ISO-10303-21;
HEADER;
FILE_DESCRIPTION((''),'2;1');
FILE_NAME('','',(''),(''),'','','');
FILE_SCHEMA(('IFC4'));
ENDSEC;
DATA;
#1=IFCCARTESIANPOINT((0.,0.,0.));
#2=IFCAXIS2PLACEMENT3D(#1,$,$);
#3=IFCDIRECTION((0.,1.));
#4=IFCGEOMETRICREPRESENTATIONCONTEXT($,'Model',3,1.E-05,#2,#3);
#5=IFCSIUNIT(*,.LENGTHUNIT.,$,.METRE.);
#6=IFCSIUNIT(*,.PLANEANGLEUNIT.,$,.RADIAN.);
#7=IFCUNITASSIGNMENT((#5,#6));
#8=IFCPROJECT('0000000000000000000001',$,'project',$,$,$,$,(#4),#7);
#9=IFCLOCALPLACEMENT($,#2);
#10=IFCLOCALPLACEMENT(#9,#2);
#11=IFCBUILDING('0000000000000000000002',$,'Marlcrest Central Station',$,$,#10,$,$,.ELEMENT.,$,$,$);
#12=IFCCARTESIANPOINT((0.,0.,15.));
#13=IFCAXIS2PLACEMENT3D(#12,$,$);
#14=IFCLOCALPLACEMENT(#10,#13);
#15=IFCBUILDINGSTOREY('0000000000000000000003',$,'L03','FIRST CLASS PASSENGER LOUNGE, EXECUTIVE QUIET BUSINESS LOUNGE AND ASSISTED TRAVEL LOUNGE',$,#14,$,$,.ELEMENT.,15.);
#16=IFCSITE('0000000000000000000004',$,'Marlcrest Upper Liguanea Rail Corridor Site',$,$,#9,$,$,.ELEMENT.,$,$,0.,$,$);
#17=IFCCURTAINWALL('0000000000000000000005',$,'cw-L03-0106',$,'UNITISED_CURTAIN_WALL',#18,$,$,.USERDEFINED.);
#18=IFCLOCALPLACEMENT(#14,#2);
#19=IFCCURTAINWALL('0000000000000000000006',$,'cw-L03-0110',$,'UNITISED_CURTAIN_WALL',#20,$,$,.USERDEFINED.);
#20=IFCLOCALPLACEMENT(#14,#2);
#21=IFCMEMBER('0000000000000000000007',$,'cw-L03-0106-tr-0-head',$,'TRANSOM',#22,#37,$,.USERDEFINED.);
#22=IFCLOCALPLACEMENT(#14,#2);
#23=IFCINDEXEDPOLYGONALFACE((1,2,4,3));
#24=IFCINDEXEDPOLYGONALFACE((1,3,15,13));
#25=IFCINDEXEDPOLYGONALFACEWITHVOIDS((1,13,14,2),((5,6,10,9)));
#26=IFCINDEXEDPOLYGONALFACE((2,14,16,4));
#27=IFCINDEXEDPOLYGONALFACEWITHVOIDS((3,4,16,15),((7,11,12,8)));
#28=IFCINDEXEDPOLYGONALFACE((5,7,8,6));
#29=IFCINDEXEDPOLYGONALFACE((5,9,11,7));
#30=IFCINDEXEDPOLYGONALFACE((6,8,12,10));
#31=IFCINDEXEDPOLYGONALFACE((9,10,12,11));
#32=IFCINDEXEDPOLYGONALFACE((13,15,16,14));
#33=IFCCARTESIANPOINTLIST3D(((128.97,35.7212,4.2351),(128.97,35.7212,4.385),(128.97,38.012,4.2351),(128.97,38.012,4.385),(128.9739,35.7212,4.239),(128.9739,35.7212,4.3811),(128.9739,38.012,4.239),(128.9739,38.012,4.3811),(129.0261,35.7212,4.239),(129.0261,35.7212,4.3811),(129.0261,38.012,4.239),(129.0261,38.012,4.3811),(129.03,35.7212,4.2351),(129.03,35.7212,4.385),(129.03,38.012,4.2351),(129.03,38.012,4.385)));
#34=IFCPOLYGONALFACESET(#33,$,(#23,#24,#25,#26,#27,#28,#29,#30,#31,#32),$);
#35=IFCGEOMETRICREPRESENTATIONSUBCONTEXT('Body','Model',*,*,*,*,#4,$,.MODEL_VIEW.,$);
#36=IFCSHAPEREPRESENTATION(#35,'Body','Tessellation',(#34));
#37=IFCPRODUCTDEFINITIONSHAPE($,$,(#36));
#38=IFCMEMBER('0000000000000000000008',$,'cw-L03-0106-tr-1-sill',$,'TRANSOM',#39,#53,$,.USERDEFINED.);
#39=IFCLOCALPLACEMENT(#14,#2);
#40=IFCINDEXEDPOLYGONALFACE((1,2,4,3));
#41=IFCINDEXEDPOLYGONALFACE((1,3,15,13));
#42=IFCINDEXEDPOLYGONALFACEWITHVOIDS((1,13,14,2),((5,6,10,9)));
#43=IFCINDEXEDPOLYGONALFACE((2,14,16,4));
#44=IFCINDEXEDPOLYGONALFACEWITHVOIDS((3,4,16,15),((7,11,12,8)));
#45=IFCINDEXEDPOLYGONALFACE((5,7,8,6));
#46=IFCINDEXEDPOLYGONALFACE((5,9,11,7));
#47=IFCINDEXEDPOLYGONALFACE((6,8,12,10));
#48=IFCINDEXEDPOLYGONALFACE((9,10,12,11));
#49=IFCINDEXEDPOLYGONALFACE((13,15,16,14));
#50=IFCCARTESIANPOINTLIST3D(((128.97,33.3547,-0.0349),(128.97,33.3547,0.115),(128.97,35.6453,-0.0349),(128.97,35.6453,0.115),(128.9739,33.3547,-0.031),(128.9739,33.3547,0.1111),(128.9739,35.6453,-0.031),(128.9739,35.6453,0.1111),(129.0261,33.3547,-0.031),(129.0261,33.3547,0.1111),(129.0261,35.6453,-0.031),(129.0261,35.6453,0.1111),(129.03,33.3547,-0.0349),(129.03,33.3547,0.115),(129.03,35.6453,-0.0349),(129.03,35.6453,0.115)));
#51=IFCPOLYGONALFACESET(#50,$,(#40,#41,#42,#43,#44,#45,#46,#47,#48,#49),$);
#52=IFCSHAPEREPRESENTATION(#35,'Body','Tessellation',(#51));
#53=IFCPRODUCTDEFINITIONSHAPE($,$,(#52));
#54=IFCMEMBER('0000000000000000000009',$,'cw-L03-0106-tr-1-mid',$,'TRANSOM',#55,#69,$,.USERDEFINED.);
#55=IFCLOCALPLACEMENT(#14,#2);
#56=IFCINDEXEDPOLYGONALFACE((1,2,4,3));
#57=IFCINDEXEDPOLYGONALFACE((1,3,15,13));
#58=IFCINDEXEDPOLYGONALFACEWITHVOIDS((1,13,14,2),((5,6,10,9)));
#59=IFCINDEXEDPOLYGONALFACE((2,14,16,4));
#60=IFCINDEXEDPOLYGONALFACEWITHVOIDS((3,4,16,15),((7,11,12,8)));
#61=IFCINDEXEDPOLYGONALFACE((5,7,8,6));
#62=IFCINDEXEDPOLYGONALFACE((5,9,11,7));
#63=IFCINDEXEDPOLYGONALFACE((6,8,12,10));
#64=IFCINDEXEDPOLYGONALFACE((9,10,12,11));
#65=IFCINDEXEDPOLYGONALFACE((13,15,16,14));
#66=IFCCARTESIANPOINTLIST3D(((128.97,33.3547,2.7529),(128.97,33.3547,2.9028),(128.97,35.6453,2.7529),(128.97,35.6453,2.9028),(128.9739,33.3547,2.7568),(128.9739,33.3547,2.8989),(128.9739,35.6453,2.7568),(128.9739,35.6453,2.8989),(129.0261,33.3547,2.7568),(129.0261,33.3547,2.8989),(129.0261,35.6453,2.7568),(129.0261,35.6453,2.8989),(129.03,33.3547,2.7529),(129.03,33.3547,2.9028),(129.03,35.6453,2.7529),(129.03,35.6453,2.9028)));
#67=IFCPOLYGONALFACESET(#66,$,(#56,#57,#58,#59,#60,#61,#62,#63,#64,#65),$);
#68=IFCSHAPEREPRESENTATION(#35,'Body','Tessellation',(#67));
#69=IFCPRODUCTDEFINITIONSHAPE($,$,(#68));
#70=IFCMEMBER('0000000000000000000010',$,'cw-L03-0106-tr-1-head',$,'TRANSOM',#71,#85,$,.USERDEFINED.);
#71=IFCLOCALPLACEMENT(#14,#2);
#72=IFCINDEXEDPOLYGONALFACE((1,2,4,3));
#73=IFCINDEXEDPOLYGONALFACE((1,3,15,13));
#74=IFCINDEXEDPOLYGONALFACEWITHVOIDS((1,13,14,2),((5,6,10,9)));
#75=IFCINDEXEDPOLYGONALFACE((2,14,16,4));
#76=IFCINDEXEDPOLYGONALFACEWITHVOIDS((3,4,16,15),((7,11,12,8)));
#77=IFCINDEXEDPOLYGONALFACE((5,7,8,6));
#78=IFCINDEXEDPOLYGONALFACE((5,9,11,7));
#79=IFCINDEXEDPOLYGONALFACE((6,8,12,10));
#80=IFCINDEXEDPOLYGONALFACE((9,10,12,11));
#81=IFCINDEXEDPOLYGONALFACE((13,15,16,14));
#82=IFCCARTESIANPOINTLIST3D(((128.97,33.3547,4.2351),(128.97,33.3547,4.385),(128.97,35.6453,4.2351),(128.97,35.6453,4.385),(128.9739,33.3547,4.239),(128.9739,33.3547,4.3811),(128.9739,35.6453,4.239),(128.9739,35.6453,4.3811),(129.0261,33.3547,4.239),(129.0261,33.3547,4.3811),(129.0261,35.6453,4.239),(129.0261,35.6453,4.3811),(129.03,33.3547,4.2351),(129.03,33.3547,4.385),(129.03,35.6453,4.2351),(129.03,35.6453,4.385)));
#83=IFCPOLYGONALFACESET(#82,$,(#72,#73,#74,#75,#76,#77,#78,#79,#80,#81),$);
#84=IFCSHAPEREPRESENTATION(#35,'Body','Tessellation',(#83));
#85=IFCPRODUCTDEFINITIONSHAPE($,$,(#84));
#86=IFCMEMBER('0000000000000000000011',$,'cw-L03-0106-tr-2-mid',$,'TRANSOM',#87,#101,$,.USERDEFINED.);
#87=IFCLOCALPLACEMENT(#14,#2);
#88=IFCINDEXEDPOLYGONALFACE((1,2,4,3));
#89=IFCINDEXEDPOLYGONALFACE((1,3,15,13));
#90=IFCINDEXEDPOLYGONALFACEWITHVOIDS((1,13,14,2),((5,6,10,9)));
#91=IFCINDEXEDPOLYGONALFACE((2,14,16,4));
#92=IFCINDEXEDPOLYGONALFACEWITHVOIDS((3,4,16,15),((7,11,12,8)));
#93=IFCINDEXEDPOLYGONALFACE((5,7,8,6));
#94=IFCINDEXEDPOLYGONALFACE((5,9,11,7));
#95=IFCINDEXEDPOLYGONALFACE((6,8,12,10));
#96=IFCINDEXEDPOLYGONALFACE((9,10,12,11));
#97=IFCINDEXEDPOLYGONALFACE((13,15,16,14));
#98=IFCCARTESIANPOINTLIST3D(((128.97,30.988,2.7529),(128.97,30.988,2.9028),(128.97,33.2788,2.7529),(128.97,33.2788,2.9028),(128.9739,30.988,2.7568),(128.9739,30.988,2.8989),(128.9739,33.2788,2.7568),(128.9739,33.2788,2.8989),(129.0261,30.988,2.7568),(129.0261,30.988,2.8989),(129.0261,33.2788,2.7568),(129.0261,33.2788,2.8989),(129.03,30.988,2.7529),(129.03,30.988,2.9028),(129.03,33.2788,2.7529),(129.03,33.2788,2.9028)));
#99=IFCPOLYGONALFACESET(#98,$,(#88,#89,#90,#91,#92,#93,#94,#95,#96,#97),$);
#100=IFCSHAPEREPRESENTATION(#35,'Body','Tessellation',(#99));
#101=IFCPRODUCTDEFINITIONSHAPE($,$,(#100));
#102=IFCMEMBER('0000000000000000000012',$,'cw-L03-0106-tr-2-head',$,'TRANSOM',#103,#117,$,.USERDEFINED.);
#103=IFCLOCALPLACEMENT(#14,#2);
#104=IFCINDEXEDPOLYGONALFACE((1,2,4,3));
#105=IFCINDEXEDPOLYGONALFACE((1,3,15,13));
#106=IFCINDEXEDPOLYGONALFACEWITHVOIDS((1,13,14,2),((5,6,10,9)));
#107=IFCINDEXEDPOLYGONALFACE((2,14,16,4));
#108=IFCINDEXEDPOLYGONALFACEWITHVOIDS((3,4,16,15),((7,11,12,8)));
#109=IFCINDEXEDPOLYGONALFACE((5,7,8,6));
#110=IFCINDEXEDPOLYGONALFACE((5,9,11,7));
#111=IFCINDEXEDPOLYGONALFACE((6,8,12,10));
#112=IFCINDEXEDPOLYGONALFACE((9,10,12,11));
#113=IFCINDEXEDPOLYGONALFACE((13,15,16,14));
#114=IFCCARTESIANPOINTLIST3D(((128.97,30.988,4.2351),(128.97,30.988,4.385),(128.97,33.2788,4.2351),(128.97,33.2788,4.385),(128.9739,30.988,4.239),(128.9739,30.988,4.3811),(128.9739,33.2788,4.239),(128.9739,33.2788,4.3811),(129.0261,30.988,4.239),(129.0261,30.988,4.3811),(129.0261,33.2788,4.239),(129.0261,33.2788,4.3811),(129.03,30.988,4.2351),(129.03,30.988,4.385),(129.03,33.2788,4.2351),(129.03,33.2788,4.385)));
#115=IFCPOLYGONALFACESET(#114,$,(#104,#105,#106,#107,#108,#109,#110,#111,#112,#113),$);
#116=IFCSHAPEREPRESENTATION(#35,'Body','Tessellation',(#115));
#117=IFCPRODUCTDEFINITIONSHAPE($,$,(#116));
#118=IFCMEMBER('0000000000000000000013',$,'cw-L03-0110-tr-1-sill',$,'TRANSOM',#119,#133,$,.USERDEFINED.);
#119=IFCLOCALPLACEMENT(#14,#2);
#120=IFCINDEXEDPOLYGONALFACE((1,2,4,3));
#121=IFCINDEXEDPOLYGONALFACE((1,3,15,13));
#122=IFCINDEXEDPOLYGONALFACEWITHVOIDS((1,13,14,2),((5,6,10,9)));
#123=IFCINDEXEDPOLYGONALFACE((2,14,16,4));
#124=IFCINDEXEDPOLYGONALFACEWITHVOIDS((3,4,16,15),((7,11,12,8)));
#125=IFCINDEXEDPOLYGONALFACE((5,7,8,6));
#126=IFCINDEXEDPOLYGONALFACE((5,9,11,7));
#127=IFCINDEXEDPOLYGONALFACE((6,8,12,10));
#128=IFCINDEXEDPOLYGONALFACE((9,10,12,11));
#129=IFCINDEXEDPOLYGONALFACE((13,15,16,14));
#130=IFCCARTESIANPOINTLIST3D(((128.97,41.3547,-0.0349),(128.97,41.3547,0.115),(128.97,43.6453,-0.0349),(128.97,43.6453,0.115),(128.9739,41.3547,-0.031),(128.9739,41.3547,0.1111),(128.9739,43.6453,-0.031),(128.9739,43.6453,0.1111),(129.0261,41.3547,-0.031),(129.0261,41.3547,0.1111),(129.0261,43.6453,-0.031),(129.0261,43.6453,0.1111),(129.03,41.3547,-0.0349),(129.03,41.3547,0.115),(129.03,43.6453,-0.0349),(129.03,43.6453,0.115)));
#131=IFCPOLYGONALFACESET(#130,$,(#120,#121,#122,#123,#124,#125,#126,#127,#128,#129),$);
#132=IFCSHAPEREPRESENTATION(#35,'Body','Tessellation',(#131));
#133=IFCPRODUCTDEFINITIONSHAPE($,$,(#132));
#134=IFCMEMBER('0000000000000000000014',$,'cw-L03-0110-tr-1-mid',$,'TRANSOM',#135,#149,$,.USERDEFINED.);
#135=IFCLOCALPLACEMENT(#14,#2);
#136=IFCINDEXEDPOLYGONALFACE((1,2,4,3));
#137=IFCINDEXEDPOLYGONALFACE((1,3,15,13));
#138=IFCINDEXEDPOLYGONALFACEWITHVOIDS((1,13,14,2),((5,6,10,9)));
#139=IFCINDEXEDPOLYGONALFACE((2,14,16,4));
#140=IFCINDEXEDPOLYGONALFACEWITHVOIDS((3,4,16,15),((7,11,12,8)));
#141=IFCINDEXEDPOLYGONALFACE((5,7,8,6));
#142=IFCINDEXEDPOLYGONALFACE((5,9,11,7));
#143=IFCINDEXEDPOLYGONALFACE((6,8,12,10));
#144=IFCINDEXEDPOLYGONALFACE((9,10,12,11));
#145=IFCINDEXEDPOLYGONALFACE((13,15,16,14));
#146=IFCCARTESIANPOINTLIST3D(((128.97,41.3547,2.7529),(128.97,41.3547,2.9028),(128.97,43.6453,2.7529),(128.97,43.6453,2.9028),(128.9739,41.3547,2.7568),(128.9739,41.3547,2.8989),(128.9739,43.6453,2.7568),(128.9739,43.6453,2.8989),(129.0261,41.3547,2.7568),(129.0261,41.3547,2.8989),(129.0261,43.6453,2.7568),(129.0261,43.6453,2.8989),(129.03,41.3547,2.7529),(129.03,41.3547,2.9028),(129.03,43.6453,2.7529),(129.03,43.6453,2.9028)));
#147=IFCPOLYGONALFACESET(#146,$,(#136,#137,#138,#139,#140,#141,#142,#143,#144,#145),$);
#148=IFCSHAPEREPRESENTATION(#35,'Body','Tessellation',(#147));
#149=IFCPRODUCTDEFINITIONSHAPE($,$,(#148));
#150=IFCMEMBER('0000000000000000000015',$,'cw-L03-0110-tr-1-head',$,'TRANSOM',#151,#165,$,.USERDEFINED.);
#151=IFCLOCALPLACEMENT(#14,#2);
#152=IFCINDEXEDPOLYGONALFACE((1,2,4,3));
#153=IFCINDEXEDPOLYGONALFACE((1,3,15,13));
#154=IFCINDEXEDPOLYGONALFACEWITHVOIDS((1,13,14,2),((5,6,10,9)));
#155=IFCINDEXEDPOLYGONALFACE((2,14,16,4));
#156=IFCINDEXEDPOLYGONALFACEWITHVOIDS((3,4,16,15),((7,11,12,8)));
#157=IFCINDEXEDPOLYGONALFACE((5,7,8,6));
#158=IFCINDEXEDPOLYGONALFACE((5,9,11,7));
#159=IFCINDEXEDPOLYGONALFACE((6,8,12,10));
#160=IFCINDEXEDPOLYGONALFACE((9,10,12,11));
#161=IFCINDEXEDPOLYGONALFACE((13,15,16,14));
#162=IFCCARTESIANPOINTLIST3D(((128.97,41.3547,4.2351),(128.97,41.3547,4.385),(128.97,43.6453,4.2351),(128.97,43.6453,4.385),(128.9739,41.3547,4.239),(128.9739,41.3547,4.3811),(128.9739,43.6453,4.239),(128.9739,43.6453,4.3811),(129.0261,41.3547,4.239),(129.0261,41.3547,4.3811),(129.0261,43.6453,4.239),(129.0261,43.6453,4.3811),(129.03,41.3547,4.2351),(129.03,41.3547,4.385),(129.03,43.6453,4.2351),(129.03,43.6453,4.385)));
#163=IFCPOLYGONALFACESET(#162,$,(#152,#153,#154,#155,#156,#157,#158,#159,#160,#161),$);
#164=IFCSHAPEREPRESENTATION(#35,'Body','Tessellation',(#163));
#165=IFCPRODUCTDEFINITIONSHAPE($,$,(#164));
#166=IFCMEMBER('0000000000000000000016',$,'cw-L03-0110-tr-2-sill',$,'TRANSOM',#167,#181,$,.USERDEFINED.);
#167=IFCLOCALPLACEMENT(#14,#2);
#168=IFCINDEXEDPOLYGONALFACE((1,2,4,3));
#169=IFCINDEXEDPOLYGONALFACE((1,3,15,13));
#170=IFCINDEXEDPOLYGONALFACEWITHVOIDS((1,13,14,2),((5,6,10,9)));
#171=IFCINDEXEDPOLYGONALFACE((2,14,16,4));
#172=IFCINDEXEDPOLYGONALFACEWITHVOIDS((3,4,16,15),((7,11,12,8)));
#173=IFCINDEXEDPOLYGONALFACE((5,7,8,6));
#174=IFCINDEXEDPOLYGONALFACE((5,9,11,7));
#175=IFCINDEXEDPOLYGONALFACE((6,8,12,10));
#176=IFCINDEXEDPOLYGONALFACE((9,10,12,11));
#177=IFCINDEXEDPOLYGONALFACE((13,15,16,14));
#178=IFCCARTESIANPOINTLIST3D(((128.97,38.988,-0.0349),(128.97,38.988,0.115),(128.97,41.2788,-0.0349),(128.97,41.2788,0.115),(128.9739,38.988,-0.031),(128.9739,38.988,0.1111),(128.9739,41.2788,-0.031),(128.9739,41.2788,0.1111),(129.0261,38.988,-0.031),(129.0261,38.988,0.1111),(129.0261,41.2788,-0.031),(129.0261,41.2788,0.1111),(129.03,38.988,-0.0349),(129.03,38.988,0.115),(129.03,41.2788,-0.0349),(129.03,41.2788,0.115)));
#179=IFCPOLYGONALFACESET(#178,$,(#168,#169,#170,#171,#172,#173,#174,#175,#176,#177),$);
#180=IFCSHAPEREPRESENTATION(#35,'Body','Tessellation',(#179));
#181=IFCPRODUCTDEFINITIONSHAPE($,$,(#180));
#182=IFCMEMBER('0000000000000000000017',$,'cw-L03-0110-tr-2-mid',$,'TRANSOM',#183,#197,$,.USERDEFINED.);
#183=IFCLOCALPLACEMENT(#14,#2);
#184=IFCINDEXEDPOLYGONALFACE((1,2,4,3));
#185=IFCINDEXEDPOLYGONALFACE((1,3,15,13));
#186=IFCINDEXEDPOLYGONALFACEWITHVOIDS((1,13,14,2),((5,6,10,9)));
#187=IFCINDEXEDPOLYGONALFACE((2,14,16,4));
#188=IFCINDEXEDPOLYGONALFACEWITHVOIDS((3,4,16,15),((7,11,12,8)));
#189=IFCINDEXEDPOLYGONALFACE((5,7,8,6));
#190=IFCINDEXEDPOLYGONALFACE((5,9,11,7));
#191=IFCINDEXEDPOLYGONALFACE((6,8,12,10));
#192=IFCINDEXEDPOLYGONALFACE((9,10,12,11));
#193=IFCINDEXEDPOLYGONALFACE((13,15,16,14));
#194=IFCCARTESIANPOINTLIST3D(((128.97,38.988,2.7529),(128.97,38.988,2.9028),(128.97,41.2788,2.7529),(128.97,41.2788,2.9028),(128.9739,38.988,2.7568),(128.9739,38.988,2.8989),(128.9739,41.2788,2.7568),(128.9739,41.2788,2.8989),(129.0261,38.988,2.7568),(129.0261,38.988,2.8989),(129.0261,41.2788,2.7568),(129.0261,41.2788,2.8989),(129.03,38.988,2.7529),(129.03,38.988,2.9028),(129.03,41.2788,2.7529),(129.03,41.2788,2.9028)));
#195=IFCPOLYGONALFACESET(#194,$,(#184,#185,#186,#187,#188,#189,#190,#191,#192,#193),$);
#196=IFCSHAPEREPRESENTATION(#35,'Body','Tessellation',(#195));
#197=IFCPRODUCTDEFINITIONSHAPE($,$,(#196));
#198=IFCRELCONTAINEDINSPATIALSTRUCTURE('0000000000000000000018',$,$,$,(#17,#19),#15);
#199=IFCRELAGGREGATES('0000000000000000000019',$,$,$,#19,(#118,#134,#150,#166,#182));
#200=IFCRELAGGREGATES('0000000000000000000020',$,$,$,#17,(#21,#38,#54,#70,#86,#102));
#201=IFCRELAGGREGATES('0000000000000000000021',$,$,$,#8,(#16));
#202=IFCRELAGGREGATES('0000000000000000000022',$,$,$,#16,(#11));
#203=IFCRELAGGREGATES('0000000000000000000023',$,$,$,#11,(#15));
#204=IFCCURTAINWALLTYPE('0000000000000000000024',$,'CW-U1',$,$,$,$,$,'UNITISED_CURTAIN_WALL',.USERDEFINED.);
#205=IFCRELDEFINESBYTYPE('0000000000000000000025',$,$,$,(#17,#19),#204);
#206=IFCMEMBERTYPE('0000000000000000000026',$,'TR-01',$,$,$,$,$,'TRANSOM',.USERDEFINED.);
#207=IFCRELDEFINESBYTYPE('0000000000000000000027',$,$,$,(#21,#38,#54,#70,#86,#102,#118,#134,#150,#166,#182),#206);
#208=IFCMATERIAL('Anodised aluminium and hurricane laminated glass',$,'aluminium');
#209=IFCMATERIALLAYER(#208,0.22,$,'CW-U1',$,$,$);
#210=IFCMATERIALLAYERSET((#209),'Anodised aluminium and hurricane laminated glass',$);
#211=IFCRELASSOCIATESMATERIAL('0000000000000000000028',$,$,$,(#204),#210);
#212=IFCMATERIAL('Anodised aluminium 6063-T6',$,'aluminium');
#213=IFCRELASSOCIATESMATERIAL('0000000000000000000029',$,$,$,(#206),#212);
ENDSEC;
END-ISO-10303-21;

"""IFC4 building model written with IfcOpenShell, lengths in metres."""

from ifc_helpers import new_model, si_unit, direction, frame, origin, origin_2d, place, context, subcontext, project, spatial, hollow_rectangle, extrude, material, layer, layer_set, material_profile, profile_set, type_object, element, aggregate, save


model = new_model("IFC4")

# Units and contexts
model_context = context("Model", 3, precision=1e-05, world=origin(), true_north=direction((0.0, 1.0)))
body_context = subcontext(model_context, "Body", "Model", "MODEL_VIEW")
ifc_project = project(units=[si_unit("LENGTHUNIT", "METRE"), si_unit("PLANEANGLEUNIT", "RADIAN")], contexts=[model_context])

# Site, building, storey
site_placement = place(None, origin())
site = spatial("IfcSite", under=ifc_project, at=site_placement, Name="Marlcrest Upper Liguanea Rail Corridor Site", CompositionType="ELEMENT", RefElevation=0.0)
building_placement = place(site_placement, origin())
building = spatial("IfcBuilding", under=site, at=building_placement, Name="Marlcrest Central Station", CompositionType="ELEMENT")
storey_placement = place(building_placement, frame((0.0, 0.0, 15.0)))
storey = spatial("IfcBuildingStorey", under=building, at=storey_placement, Name="L03", Description="FIRST CLASS PASSENGER LOUNGE, EXECUTIVE QUIET BUSINESS LOUNGE AND ASSISTED TRAVEL LOUNGE", CompositionType="ELEMENT", Elevation=15.0)

# Curtain walls
ifc_material_1 = material(Name="Anodised aluminium and hurricane laminated glass", Category="aluminium")
ifc_layer_1 = layer(ifc_material_1, 0.22, Name="CW-U1")
ifc_layer_set_1 = layer_set([ifc_layer_1], Name="Anodised aluminium and hurricane laminated glass")
curtain_wall_type = type_object("IfcCurtainWallType", Name="CW-U1", ElementType="UNITISED_CURTAIN_WALL", PredefinedType="USERDEFINED", material=ifc_layer_set_1)
curtain_wall_1_placement = place(storey_placement, origin())
curtain_wall_1 = element("IfcCurtainWall", 1, at=curtain_wall_1_placement, inside=storey, type_object=curtain_wall_type, Name="cw-L03-0106", ObjectType="UNITISED_CURTAIN_WALL", PredefinedType="USERDEFINED")
ifc_material_2 = material(Name="Anodised aluminium 6063-T6", Category="aluminium")
curtain_wall_2_placement = place(storey_placement, origin())
curtain_wall_2 = element("IfcCurtainWall", 2, at=curtain_wall_2_placement, inside=storey, type_object=curtain_wall_type, Name="cw-L03-0110", ObjectType="UNITISED_CURTAIN_WALL", PredefinedType="USERDEFINED")

# Members
ifc_material_profile_1 = material_profile(ifc_material_2, hollow_rectangle(XDim=0.0601, YDim=0.1499, WallThickness=0.0039, at=origin_2d()), Name="AA-RHS 150x60x4")
ifc_profile_set_1 = profile_set([ifc_material_profile_1], Name="Anodised aluminium 6063-T6")
member_type_1 = type_object("IfcMemberType", Name="TR-01", ElementType="TRANSOM", PredefinedType="USERDEFINED", material=ifc_profile_set_1)
member_1_placement = place(storey_placement, frame((129.0, 38.012, 4.3101), z_axis=(0.0, -1.0, 0.0), x_axis=(1.0, 0.0, 0.0)))
member_1 = element("IfcMember", 3, at=member_1_placement, type_object=member_type_1, Name="cw-L03-0106-tr-0-head", ObjectType="TRANSOM", PredefinedType="USERDEFINED", context=body_context, shape_type="SweptSolid", body=[
    extrude(hollow_rectangle(XDim=0.0601, YDim=0.1499, WallThickness=0.0039, at=origin_2d()), origin(), (0.0, 0.0, 1.0), 2.2908),
])
member_2_placement = place(storey_placement, frame((129.0, 35.6453, 0.04), z_axis=(0.0, -1.0, 0.0), x_axis=(1.0, 0.0, 0.0)))
member_2 = element("IfcMember", 4, at=member_2_placement, type_object=member_type_1, Name="cw-L03-0106-tr-1-sill", ObjectType="TRANSOM", PredefinedType="USERDEFINED", context=body_context, shape_type="SweptSolid", body=[
    extrude(hollow_rectangle(XDim=0.0601, YDim=0.1499, WallThickness=0.0039, at=origin_2d()), origin(), (0.0, 0.0, 1.0), 2.2905),
])
member_3_placement = place(storey_placement, frame((129.0, 35.6453, 2.8279), z_axis=(0.0, -1.0, 0.0), x_axis=(1.0, 0.0, 0.0)))
member_3 = element("IfcMember", 5, at=member_3_placement, type_object=member_type_1, Name="cw-L03-0106-tr-1-mid", ObjectType="TRANSOM", PredefinedType="USERDEFINED", context=body_context, shape_type="SweptSolid", body=[
    extrude(hollow_rectangle(XDim=0.0601, YDim=0.1499, WallThickness=0.0039, at=origin_2d()), origin(), (0.0, 0.0, 1.0), 2.2905),
])
member_4_placement = place(storey_placement, frame((129.0, 35.6453, 4.3101), z_axis=(0.0, -1.0, 0.0), x_axis=(1.0, 0.0, 0.0)))
member_4 = element("IfcMember", 6, at=member_4_placement, type_object=member_type_1, Name="cw-L03-0106-tr-1-head", ObjectType="TRANSOM", PredefinedType="USERDEFINED", context=body_context, shape_type="SweptSolid", body=[
    extrude(hollow_rectangle(XDim=0.0601, YDim=0.1499, WallThickness=0.0039, at=origin_2d()), origin(), (0.0, 0.0, 1.0), 2.2905),
])
member_5_placement = place(storey_placement, frame((129.0, 33.2788, 2.8279), z_axis=(0.0, -1.0, 0.0), x_axis=(1.0, 0.0, 0.0)))
member_5 = element("IfcMember", 7, at=member_5_placement, type_object=member_type_1, Name="cw-L03-0106-tr-2-mid", ObjectType="TRANSOM", PredefinedType="USERDEFINED", context=body_context, shape_type="SweptSolid", body=[
    extrude(hollow_rectangle(XDim=0.0601, YDim=0.1499, WallThickness=0.0039, at=origin_2d()), origin(), (0.0, 0.0, 1.0), 2.2908),
])
member_6_placement = place(storey_placement, frame((129.0, 33.2788, 4.3101), z_axis=(0.0, -1.0, 0.0), x_axis=(1.0, 0.0, 0.0)))
member_6 = element("IfcMember", 8, at=member_6_placement, type_object=member_type_1, Name="cw-L03-0106-tr-2-head", ObjectType="TRANSOM", PredefinedType="USERDEFINED", context=body_context, shape_type="SweptSolid", body=[
    extrude(hollow_rectangle(XDim=0.0601, YDim=0.1499, WallThickness=0.0039, at=origin_2d()), origin(), (0.0, 0.0, 1.0), 2.2908),
])
member_7_placement = place(storey_placement, frame((129.0, 43.6453, 0.04), z_axis=(0.0, -1.0, 0.0), x_axis=(1.0, 0.0, 0.0)))
member_7 = element("IfcMember", 9, at=member_7_placement, type_object=member_type_1, Name="cw-L03-0110-tr-1-sill", ObjectType="TRANSOM", PredefinedType="USERDEFINED", context=body_context, shape_type="SweptSolid", body=[
    extrude(hollow_rectangle(XDim=0.0601, YDim=0.1499, WallThickness=0.0039, at=origin_2d()), origin(), (0.0, 0.0, 1.0), 2.2905),
])
member_8_placement = place(storey_placement, frame((129.0, 43.6453, 2.8279), z_axis=(0.0, -1.0, 0.0), x_axis=(1.0, 0.0, 0.0)))
member_8 = element("IfcMember", 10, at=member_8_placement, type_object=member_type_1, Name="cw-L03-0110-tr-1-mid", ObjectType="TRANSOM", PredefinedType="USERDEFINED", context=body_context, shape_type="SweptSolid", body=[
    extrude(hollow_rectangle(XDim=0.0601, YDim=0.1499, WallThickness=0.0039, at=origin_2d()), origin(), (0.0, 0.0, 1.0), 2.2905),
])
member_9_placement = place(storey_placement, frame((129.0, 43.6453, 4.3101), z_axis=(0.0, -1.0, 0.0), x_axis=(1.0, 0.0, 0.0)))
member_9 = element("IfcMember", 11, at=member_9_placement, type_object=member_type_1, Name="cw-L03-0110-tr-1-head", ObjectType="TRANSOM", PredefinedType="USERDEFINED", context=body_context, shape_type="SweptSolid", body=[
    extrude(hollow_rectangle(XDim=0.0601, YDim=0.1499, WallThickness=0.0039, at=origin_2d()), origin(), (0.0, 0.0, 1.0), 2.2905),
])
member_10_placement = place(storey_placement, frame((129.0, 41.2788, 0.04), z_axis=(0.0, -1.0, 0.0), x_axis=(1.0, 0.0, 0.0)))
member_10 = element("IfcMember", 12, at=member_10_placement, type_object=member_type_1, Name="cw-L03-0110-tr-2-sill", ObjectType="TRANSOM", PredefinedType="USERDEFINED", context=body_context, shape_type="SweptSolid", body=[
    extrude(hollow_rectangle(XDim=0.0601, YDim=0.1499, WallThickness=0.0039, at=origin_2d()), origin(), (0.0, 0.0, 1.0), 2.2908),
])
member_11_placement = place(storey_placement, frame((129.0, 41.2788, 2.8279), z_axis=(0.0, -1.0, 0.0), x_axis=(1.0, 0.0, 0.0)))
member_11 = element("IfcMember", 13, at=member_11_placement, type_object=member_type_1, Name="cw-L03-0110-tr-2-mid", ObjectType="TRANSOM", PredefinedType="USERDEFINED", context=body_context, shape_type="SweptSolid", body=[
    extrude(hollow_rectangle(XDim=0.0601, YDim=0.1499, WallThickness=0.0039, at=origin_2d()), origin(), (0.0, 0.0, 1.0), 2.2908),
])

aggregate(curtain_wall_2, [member_7, member_8, member_9, member_10, member_11])
aggregate(curtain_wall_1, [member_1, member_2, member_3, member_4, member_5, member_6])

save(model, "model.ifc")
